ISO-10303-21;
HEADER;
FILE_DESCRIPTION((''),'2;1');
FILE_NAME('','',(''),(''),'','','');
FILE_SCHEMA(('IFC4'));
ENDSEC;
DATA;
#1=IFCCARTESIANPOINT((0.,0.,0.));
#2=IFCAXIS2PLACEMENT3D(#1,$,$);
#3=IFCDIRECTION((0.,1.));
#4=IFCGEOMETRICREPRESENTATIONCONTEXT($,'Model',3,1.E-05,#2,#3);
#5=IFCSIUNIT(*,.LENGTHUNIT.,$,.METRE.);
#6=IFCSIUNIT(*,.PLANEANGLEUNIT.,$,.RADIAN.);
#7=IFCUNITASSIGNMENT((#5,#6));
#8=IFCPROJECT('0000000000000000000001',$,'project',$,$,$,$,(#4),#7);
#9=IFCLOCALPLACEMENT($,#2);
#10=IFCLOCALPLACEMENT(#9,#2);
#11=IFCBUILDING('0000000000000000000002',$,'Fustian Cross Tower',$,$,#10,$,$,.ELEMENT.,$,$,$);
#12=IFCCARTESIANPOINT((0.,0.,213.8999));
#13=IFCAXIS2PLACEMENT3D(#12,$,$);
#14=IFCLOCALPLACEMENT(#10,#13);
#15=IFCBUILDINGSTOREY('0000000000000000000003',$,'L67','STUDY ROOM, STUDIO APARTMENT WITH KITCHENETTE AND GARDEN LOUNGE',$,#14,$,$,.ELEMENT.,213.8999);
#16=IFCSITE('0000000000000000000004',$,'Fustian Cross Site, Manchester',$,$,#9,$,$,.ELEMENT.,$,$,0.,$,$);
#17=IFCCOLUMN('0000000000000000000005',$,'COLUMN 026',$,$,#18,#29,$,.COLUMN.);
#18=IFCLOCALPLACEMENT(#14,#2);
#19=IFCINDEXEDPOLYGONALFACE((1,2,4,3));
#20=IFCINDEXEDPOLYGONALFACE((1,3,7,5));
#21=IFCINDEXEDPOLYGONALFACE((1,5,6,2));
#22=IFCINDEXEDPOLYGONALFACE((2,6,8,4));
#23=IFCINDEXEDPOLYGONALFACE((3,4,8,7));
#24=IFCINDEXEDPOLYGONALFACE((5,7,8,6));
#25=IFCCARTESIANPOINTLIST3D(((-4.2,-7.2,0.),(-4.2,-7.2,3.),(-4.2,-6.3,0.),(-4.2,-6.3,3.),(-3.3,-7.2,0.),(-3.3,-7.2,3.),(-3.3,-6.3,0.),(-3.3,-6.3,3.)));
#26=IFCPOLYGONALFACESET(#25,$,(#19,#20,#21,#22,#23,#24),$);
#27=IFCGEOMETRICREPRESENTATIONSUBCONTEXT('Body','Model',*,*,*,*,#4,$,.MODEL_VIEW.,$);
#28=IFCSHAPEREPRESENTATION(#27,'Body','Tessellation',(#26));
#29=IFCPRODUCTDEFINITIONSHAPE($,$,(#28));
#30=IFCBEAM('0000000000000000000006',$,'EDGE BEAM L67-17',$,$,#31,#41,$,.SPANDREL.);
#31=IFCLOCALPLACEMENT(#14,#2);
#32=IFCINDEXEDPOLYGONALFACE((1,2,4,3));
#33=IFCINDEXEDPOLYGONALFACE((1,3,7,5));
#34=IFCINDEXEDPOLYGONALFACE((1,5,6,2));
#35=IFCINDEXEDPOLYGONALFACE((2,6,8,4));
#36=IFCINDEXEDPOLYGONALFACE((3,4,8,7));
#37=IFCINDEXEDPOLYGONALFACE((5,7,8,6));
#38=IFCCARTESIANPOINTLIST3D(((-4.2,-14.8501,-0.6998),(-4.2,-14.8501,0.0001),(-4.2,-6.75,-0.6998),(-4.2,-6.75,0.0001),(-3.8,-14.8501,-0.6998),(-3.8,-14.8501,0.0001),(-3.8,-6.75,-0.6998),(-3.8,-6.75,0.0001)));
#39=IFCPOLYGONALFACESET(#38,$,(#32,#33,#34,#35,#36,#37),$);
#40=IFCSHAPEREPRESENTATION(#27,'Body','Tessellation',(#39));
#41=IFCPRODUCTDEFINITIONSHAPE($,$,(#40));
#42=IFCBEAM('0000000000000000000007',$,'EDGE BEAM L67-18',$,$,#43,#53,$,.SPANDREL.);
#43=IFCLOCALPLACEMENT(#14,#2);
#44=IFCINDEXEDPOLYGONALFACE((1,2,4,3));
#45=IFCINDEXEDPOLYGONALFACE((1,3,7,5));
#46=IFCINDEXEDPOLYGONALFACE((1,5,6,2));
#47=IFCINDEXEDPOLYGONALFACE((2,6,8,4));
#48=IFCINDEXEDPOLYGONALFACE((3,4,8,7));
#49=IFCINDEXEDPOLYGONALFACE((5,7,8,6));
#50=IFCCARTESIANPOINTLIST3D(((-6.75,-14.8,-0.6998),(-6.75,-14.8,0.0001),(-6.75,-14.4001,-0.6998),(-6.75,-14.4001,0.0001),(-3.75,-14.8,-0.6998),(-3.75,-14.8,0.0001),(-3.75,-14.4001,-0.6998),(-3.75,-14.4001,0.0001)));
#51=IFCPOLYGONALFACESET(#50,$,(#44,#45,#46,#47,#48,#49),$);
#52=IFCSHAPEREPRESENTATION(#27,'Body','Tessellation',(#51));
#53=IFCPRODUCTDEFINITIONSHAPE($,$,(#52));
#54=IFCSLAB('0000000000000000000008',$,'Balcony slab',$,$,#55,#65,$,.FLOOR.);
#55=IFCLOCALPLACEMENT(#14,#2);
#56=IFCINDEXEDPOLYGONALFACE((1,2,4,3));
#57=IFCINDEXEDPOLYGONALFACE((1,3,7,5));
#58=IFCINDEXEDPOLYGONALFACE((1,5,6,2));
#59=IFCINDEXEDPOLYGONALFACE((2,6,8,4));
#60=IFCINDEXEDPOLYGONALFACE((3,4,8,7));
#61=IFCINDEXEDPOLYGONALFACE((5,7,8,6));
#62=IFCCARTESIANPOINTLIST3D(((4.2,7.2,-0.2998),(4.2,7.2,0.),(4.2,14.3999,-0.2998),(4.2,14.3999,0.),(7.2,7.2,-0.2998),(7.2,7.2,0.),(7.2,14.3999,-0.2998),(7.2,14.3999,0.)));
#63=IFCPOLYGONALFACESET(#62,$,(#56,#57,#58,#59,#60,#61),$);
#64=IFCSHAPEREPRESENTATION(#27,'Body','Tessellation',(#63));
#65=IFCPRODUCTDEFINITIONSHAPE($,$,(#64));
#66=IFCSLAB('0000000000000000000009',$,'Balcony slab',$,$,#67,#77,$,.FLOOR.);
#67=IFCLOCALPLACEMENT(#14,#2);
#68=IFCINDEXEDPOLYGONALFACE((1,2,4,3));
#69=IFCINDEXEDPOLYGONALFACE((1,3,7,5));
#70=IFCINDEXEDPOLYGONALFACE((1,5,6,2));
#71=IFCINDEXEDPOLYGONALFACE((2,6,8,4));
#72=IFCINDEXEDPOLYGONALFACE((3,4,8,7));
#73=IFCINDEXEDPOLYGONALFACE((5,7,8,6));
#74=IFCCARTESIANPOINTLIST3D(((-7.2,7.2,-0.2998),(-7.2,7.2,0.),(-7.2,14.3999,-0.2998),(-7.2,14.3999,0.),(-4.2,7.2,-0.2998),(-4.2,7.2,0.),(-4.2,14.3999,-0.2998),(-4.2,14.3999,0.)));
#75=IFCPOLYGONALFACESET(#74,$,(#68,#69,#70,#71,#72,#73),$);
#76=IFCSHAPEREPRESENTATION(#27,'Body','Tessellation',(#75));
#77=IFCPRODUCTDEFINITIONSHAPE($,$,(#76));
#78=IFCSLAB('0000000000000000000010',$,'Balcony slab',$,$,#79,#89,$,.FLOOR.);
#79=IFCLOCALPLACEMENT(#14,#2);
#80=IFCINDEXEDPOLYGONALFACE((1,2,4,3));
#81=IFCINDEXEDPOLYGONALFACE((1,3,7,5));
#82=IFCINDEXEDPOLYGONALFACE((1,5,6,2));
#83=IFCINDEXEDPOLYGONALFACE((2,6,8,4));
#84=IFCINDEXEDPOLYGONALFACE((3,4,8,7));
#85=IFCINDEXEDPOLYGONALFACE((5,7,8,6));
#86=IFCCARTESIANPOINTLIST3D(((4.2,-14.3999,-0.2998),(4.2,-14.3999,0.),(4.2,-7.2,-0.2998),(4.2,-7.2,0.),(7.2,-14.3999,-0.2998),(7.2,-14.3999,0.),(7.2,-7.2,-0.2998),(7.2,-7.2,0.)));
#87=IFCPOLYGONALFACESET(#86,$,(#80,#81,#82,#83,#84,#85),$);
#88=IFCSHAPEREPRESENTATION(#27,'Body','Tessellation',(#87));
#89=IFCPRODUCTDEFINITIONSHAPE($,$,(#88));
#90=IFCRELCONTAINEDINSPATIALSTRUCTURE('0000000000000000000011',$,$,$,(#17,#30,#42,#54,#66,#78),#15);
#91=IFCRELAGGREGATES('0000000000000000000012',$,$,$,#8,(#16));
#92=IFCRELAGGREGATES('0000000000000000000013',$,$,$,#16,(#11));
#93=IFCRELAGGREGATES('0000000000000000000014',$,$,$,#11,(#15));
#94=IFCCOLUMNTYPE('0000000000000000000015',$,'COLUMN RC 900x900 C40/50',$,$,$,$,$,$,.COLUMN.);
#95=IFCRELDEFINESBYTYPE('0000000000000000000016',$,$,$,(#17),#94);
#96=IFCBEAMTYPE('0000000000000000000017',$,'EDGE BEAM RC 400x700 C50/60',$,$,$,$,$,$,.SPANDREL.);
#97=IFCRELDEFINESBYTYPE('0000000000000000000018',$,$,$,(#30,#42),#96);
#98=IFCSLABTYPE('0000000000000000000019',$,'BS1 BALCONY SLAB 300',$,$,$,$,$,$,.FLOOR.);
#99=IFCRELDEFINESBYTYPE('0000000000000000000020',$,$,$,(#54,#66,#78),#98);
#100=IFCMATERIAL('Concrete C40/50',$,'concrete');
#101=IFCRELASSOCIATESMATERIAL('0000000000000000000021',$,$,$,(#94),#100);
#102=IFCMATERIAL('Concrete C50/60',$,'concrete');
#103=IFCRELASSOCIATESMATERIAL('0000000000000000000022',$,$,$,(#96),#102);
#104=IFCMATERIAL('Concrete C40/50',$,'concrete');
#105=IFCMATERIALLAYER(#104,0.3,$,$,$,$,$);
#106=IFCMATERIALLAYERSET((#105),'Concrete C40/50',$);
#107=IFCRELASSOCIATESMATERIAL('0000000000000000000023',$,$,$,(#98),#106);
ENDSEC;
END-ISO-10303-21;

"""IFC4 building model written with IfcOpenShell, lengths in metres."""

from ifc_helpers import new_model, si_unit, direction, frame, origin, origin_2d, place, context, subcontext, project, spatial, polyline, rectangle, outline, extrude, material, layer, layer_set, material_profile, profile_set, type_object, element, save


model = new_model("IFC4")

# Units and contexts
model_context = context("Model", 3, precision=1e-05, world=origin(), true_north=direction((0.0, 1.0)))
body_context = subcontext(model_context, "Body", "Model", "MODEL_VIEW")
ifc_project = project(units=[si_unit("LENGTHUNIT", "METRE"), si_unit("PLANEANGLEUNIT", "RADIAN")], contexts=[model_context])

# Site, building, storey
site_placement = place(None, origin())
site = spatial("IfcSite", under=ifc_project, at=site_placement, Name="Fustian Cross Site, Manchester", CompositionType="ELEMENT", RefElevation=0.0)
building_placement = place(site_placement, origin())
building = spatial("IfcBuilding", under=site, at=building_placement, Name="Fustian Cross Tower", CompositionType="ELEMENT")
storey_placement = place(building_placement, frame((0.0, 0.0, 213.8999)))
storey = spatial("IfcBuildingStorey", under=building, at=storey_placement, Name="L67", Description="STUDY ROOM, STUDIO APARTMENT WITH KITCHENETTE AND GARDEN LOUNGE", CompositionType="ELEMENT", Elevation=213.8999)

# Column
ifc_material_1 = material(Name="Concrete C40/50", Category="concrete")
ifc_material_profile_1 = material_profile(ifc_material_1, rectangle(XDim=0.8999, YDim=0.8999, at=origin_2d()), Name="RC 900x900")
ifc_profile_set_1 = profile_set([ifc_material_profile_1], Name="Concrete C40/50")
column_type = type_object("IfcColumnType", Name="COLUMN RC 900x900 C40/50", PredefinedType="COLUMN", material=ifc_profile_set_1)
column_placement = place(storey_placement, frame((-3.75, -6.75, 0.0), z_axis=(0.0, 0.0, 1.0), x_axis=(1.0, 0.0, 0.0)))
element("IfcColumn", 1, at=column_placement, inside=storey, type_object=column_type, Name="COLUMN 026", PredefinedType="COLUMN", context=body_context, shape_type="SweptSolid", body=[
    extrude(rectangle(XDim=0.8999, YDim=0.8999, at=origin_2d()), origin(), (0.0, 0.0, 1.0), 3.0),
])

# Beams
ifc_material_2 = material(Name="Concrete C50/60", Category="concrete")
ifc_material_profile_2 = material_profile(ifc_material_2, rectangle(XDim=0.3999, YDim=0.7, at=origin_2d()), Name="RC 400x700")
ifc_profile_set_2 = profile_set([ifc_material_profile_2], Name="Concrete C50/60")
beam_type = type_object("IfcBeamType", Name="EDGE BEAM RC 400x700 C50/60", PredefinedType="SPANDREL", material=ifc_profile_set_2)
beam_1_placement = place(storey_placement, frame((-4.0, -6.75, -0.3499), z_axis=(0.0, -1.0, 0.0), x_axis=(1.0, 0.0, 0.0)))
element("IfcBeam", 2, at=beam_1_placement, inside=storey, type_object=beam_type, Name="EDGE BEAM L67-17", PredefinedType="SPANDREL", context=body_context, shape_type="SweptSolid", body=[
    extrude(rectangle(XDim=0.3999, YDim=0.7, at=origin_2d()), origin(), (0.0, 0.0, 1.0), 8.1001),
])
beam_2_placement = place(storey_placement, frame((-3.75, -14.6001, -0.3499), z_axis=(-1.0, 0.0, 0.0), x_axis=(0.0, -1.0, 0.0)))
element("IfcBeam", 3, at=beam_2_placement, inside=storey, type_object=beam_type, Name="EDGE BEAM L67-18", PredefinedType="SPANDREL", context=body_context, shape_type="SweptSolid", body=[
    extrude(rectangle(XDim=0.3999, YDim=0.7, at=origin_2d()), origin(), (0.0, 0.0, 1.0), 3.0),
])

# Slabs
ifc_material_3 = material(Name="Concrete C40/50", Category="concrete")
ifc_layer_1 = layer(ifc_material_3, 0.3)
ifc_layer_set_1 = layer_set([ifc_layer_1], Name="Concrete C40/50")
slab_type_1 = type_object("IfcSlabType", Name="BS1 BALCONY SLAB 300", PredefinedType="FLOOR", material=ifc_layer_set_1)
slab_1_placement = place(storey_placement, frame((0.0, 0.0, -0.2998)))
element("IfcSlab", 4, at=slab_1_placement, inside=storey, type_object=slab_type_1, Name="Balcony slab", PredefinedType="FLOOR", context=body_context, shape_type="SweptSolid", body=[
    extrude(outline(polyline([(4.2, 7.2), (7.2, 7.2), (7.2, 14.3999), (4.2, 14.3999), (4.2, 7.2)])), origin(), (0.0, 0.0, 1.0), 0.2998),
])
slab_2_placement = place(storey_placement, frame((0.0, 0.0, -0.2998)))
element("IfcSlab", 5, at=slab_2_placement, inside=storey, type_object=slab_type_1, Name="Balcony slab", PredefinedType="FLOOR", context=body_context, shape_type="SweptSolid", body=[
    extrude(outline(polyline([(-7.2, 7.2), (-4.2, 7.2), (-4.2, 14.3999), (-7.2, 14.3999), (-7.2, 7.2)])), origin(), (0.0, 0.0, 1.0), 0.2998),
])
slab_3_placement = place(storey_placement, frame((0.0, 0.0, -0.2998)))
element("IfcSlab", 6, at=slab_3_placement, inside=storey, type_object=slab_type_1, Name="Balcony slab", PredefinedType="FLOOR", context=body_context, shape_type="SweptSolid", body=[
    extrude(outline(polyline([(4.2, -14.3999), (7.2, -14.3999), (7.2, -7.2), (4.2, -7.2), (4.2, -14.3999)])), origin(), (0.0, 0.0, 1.0), 0.2998),
])

save(model, "model.ifc")
